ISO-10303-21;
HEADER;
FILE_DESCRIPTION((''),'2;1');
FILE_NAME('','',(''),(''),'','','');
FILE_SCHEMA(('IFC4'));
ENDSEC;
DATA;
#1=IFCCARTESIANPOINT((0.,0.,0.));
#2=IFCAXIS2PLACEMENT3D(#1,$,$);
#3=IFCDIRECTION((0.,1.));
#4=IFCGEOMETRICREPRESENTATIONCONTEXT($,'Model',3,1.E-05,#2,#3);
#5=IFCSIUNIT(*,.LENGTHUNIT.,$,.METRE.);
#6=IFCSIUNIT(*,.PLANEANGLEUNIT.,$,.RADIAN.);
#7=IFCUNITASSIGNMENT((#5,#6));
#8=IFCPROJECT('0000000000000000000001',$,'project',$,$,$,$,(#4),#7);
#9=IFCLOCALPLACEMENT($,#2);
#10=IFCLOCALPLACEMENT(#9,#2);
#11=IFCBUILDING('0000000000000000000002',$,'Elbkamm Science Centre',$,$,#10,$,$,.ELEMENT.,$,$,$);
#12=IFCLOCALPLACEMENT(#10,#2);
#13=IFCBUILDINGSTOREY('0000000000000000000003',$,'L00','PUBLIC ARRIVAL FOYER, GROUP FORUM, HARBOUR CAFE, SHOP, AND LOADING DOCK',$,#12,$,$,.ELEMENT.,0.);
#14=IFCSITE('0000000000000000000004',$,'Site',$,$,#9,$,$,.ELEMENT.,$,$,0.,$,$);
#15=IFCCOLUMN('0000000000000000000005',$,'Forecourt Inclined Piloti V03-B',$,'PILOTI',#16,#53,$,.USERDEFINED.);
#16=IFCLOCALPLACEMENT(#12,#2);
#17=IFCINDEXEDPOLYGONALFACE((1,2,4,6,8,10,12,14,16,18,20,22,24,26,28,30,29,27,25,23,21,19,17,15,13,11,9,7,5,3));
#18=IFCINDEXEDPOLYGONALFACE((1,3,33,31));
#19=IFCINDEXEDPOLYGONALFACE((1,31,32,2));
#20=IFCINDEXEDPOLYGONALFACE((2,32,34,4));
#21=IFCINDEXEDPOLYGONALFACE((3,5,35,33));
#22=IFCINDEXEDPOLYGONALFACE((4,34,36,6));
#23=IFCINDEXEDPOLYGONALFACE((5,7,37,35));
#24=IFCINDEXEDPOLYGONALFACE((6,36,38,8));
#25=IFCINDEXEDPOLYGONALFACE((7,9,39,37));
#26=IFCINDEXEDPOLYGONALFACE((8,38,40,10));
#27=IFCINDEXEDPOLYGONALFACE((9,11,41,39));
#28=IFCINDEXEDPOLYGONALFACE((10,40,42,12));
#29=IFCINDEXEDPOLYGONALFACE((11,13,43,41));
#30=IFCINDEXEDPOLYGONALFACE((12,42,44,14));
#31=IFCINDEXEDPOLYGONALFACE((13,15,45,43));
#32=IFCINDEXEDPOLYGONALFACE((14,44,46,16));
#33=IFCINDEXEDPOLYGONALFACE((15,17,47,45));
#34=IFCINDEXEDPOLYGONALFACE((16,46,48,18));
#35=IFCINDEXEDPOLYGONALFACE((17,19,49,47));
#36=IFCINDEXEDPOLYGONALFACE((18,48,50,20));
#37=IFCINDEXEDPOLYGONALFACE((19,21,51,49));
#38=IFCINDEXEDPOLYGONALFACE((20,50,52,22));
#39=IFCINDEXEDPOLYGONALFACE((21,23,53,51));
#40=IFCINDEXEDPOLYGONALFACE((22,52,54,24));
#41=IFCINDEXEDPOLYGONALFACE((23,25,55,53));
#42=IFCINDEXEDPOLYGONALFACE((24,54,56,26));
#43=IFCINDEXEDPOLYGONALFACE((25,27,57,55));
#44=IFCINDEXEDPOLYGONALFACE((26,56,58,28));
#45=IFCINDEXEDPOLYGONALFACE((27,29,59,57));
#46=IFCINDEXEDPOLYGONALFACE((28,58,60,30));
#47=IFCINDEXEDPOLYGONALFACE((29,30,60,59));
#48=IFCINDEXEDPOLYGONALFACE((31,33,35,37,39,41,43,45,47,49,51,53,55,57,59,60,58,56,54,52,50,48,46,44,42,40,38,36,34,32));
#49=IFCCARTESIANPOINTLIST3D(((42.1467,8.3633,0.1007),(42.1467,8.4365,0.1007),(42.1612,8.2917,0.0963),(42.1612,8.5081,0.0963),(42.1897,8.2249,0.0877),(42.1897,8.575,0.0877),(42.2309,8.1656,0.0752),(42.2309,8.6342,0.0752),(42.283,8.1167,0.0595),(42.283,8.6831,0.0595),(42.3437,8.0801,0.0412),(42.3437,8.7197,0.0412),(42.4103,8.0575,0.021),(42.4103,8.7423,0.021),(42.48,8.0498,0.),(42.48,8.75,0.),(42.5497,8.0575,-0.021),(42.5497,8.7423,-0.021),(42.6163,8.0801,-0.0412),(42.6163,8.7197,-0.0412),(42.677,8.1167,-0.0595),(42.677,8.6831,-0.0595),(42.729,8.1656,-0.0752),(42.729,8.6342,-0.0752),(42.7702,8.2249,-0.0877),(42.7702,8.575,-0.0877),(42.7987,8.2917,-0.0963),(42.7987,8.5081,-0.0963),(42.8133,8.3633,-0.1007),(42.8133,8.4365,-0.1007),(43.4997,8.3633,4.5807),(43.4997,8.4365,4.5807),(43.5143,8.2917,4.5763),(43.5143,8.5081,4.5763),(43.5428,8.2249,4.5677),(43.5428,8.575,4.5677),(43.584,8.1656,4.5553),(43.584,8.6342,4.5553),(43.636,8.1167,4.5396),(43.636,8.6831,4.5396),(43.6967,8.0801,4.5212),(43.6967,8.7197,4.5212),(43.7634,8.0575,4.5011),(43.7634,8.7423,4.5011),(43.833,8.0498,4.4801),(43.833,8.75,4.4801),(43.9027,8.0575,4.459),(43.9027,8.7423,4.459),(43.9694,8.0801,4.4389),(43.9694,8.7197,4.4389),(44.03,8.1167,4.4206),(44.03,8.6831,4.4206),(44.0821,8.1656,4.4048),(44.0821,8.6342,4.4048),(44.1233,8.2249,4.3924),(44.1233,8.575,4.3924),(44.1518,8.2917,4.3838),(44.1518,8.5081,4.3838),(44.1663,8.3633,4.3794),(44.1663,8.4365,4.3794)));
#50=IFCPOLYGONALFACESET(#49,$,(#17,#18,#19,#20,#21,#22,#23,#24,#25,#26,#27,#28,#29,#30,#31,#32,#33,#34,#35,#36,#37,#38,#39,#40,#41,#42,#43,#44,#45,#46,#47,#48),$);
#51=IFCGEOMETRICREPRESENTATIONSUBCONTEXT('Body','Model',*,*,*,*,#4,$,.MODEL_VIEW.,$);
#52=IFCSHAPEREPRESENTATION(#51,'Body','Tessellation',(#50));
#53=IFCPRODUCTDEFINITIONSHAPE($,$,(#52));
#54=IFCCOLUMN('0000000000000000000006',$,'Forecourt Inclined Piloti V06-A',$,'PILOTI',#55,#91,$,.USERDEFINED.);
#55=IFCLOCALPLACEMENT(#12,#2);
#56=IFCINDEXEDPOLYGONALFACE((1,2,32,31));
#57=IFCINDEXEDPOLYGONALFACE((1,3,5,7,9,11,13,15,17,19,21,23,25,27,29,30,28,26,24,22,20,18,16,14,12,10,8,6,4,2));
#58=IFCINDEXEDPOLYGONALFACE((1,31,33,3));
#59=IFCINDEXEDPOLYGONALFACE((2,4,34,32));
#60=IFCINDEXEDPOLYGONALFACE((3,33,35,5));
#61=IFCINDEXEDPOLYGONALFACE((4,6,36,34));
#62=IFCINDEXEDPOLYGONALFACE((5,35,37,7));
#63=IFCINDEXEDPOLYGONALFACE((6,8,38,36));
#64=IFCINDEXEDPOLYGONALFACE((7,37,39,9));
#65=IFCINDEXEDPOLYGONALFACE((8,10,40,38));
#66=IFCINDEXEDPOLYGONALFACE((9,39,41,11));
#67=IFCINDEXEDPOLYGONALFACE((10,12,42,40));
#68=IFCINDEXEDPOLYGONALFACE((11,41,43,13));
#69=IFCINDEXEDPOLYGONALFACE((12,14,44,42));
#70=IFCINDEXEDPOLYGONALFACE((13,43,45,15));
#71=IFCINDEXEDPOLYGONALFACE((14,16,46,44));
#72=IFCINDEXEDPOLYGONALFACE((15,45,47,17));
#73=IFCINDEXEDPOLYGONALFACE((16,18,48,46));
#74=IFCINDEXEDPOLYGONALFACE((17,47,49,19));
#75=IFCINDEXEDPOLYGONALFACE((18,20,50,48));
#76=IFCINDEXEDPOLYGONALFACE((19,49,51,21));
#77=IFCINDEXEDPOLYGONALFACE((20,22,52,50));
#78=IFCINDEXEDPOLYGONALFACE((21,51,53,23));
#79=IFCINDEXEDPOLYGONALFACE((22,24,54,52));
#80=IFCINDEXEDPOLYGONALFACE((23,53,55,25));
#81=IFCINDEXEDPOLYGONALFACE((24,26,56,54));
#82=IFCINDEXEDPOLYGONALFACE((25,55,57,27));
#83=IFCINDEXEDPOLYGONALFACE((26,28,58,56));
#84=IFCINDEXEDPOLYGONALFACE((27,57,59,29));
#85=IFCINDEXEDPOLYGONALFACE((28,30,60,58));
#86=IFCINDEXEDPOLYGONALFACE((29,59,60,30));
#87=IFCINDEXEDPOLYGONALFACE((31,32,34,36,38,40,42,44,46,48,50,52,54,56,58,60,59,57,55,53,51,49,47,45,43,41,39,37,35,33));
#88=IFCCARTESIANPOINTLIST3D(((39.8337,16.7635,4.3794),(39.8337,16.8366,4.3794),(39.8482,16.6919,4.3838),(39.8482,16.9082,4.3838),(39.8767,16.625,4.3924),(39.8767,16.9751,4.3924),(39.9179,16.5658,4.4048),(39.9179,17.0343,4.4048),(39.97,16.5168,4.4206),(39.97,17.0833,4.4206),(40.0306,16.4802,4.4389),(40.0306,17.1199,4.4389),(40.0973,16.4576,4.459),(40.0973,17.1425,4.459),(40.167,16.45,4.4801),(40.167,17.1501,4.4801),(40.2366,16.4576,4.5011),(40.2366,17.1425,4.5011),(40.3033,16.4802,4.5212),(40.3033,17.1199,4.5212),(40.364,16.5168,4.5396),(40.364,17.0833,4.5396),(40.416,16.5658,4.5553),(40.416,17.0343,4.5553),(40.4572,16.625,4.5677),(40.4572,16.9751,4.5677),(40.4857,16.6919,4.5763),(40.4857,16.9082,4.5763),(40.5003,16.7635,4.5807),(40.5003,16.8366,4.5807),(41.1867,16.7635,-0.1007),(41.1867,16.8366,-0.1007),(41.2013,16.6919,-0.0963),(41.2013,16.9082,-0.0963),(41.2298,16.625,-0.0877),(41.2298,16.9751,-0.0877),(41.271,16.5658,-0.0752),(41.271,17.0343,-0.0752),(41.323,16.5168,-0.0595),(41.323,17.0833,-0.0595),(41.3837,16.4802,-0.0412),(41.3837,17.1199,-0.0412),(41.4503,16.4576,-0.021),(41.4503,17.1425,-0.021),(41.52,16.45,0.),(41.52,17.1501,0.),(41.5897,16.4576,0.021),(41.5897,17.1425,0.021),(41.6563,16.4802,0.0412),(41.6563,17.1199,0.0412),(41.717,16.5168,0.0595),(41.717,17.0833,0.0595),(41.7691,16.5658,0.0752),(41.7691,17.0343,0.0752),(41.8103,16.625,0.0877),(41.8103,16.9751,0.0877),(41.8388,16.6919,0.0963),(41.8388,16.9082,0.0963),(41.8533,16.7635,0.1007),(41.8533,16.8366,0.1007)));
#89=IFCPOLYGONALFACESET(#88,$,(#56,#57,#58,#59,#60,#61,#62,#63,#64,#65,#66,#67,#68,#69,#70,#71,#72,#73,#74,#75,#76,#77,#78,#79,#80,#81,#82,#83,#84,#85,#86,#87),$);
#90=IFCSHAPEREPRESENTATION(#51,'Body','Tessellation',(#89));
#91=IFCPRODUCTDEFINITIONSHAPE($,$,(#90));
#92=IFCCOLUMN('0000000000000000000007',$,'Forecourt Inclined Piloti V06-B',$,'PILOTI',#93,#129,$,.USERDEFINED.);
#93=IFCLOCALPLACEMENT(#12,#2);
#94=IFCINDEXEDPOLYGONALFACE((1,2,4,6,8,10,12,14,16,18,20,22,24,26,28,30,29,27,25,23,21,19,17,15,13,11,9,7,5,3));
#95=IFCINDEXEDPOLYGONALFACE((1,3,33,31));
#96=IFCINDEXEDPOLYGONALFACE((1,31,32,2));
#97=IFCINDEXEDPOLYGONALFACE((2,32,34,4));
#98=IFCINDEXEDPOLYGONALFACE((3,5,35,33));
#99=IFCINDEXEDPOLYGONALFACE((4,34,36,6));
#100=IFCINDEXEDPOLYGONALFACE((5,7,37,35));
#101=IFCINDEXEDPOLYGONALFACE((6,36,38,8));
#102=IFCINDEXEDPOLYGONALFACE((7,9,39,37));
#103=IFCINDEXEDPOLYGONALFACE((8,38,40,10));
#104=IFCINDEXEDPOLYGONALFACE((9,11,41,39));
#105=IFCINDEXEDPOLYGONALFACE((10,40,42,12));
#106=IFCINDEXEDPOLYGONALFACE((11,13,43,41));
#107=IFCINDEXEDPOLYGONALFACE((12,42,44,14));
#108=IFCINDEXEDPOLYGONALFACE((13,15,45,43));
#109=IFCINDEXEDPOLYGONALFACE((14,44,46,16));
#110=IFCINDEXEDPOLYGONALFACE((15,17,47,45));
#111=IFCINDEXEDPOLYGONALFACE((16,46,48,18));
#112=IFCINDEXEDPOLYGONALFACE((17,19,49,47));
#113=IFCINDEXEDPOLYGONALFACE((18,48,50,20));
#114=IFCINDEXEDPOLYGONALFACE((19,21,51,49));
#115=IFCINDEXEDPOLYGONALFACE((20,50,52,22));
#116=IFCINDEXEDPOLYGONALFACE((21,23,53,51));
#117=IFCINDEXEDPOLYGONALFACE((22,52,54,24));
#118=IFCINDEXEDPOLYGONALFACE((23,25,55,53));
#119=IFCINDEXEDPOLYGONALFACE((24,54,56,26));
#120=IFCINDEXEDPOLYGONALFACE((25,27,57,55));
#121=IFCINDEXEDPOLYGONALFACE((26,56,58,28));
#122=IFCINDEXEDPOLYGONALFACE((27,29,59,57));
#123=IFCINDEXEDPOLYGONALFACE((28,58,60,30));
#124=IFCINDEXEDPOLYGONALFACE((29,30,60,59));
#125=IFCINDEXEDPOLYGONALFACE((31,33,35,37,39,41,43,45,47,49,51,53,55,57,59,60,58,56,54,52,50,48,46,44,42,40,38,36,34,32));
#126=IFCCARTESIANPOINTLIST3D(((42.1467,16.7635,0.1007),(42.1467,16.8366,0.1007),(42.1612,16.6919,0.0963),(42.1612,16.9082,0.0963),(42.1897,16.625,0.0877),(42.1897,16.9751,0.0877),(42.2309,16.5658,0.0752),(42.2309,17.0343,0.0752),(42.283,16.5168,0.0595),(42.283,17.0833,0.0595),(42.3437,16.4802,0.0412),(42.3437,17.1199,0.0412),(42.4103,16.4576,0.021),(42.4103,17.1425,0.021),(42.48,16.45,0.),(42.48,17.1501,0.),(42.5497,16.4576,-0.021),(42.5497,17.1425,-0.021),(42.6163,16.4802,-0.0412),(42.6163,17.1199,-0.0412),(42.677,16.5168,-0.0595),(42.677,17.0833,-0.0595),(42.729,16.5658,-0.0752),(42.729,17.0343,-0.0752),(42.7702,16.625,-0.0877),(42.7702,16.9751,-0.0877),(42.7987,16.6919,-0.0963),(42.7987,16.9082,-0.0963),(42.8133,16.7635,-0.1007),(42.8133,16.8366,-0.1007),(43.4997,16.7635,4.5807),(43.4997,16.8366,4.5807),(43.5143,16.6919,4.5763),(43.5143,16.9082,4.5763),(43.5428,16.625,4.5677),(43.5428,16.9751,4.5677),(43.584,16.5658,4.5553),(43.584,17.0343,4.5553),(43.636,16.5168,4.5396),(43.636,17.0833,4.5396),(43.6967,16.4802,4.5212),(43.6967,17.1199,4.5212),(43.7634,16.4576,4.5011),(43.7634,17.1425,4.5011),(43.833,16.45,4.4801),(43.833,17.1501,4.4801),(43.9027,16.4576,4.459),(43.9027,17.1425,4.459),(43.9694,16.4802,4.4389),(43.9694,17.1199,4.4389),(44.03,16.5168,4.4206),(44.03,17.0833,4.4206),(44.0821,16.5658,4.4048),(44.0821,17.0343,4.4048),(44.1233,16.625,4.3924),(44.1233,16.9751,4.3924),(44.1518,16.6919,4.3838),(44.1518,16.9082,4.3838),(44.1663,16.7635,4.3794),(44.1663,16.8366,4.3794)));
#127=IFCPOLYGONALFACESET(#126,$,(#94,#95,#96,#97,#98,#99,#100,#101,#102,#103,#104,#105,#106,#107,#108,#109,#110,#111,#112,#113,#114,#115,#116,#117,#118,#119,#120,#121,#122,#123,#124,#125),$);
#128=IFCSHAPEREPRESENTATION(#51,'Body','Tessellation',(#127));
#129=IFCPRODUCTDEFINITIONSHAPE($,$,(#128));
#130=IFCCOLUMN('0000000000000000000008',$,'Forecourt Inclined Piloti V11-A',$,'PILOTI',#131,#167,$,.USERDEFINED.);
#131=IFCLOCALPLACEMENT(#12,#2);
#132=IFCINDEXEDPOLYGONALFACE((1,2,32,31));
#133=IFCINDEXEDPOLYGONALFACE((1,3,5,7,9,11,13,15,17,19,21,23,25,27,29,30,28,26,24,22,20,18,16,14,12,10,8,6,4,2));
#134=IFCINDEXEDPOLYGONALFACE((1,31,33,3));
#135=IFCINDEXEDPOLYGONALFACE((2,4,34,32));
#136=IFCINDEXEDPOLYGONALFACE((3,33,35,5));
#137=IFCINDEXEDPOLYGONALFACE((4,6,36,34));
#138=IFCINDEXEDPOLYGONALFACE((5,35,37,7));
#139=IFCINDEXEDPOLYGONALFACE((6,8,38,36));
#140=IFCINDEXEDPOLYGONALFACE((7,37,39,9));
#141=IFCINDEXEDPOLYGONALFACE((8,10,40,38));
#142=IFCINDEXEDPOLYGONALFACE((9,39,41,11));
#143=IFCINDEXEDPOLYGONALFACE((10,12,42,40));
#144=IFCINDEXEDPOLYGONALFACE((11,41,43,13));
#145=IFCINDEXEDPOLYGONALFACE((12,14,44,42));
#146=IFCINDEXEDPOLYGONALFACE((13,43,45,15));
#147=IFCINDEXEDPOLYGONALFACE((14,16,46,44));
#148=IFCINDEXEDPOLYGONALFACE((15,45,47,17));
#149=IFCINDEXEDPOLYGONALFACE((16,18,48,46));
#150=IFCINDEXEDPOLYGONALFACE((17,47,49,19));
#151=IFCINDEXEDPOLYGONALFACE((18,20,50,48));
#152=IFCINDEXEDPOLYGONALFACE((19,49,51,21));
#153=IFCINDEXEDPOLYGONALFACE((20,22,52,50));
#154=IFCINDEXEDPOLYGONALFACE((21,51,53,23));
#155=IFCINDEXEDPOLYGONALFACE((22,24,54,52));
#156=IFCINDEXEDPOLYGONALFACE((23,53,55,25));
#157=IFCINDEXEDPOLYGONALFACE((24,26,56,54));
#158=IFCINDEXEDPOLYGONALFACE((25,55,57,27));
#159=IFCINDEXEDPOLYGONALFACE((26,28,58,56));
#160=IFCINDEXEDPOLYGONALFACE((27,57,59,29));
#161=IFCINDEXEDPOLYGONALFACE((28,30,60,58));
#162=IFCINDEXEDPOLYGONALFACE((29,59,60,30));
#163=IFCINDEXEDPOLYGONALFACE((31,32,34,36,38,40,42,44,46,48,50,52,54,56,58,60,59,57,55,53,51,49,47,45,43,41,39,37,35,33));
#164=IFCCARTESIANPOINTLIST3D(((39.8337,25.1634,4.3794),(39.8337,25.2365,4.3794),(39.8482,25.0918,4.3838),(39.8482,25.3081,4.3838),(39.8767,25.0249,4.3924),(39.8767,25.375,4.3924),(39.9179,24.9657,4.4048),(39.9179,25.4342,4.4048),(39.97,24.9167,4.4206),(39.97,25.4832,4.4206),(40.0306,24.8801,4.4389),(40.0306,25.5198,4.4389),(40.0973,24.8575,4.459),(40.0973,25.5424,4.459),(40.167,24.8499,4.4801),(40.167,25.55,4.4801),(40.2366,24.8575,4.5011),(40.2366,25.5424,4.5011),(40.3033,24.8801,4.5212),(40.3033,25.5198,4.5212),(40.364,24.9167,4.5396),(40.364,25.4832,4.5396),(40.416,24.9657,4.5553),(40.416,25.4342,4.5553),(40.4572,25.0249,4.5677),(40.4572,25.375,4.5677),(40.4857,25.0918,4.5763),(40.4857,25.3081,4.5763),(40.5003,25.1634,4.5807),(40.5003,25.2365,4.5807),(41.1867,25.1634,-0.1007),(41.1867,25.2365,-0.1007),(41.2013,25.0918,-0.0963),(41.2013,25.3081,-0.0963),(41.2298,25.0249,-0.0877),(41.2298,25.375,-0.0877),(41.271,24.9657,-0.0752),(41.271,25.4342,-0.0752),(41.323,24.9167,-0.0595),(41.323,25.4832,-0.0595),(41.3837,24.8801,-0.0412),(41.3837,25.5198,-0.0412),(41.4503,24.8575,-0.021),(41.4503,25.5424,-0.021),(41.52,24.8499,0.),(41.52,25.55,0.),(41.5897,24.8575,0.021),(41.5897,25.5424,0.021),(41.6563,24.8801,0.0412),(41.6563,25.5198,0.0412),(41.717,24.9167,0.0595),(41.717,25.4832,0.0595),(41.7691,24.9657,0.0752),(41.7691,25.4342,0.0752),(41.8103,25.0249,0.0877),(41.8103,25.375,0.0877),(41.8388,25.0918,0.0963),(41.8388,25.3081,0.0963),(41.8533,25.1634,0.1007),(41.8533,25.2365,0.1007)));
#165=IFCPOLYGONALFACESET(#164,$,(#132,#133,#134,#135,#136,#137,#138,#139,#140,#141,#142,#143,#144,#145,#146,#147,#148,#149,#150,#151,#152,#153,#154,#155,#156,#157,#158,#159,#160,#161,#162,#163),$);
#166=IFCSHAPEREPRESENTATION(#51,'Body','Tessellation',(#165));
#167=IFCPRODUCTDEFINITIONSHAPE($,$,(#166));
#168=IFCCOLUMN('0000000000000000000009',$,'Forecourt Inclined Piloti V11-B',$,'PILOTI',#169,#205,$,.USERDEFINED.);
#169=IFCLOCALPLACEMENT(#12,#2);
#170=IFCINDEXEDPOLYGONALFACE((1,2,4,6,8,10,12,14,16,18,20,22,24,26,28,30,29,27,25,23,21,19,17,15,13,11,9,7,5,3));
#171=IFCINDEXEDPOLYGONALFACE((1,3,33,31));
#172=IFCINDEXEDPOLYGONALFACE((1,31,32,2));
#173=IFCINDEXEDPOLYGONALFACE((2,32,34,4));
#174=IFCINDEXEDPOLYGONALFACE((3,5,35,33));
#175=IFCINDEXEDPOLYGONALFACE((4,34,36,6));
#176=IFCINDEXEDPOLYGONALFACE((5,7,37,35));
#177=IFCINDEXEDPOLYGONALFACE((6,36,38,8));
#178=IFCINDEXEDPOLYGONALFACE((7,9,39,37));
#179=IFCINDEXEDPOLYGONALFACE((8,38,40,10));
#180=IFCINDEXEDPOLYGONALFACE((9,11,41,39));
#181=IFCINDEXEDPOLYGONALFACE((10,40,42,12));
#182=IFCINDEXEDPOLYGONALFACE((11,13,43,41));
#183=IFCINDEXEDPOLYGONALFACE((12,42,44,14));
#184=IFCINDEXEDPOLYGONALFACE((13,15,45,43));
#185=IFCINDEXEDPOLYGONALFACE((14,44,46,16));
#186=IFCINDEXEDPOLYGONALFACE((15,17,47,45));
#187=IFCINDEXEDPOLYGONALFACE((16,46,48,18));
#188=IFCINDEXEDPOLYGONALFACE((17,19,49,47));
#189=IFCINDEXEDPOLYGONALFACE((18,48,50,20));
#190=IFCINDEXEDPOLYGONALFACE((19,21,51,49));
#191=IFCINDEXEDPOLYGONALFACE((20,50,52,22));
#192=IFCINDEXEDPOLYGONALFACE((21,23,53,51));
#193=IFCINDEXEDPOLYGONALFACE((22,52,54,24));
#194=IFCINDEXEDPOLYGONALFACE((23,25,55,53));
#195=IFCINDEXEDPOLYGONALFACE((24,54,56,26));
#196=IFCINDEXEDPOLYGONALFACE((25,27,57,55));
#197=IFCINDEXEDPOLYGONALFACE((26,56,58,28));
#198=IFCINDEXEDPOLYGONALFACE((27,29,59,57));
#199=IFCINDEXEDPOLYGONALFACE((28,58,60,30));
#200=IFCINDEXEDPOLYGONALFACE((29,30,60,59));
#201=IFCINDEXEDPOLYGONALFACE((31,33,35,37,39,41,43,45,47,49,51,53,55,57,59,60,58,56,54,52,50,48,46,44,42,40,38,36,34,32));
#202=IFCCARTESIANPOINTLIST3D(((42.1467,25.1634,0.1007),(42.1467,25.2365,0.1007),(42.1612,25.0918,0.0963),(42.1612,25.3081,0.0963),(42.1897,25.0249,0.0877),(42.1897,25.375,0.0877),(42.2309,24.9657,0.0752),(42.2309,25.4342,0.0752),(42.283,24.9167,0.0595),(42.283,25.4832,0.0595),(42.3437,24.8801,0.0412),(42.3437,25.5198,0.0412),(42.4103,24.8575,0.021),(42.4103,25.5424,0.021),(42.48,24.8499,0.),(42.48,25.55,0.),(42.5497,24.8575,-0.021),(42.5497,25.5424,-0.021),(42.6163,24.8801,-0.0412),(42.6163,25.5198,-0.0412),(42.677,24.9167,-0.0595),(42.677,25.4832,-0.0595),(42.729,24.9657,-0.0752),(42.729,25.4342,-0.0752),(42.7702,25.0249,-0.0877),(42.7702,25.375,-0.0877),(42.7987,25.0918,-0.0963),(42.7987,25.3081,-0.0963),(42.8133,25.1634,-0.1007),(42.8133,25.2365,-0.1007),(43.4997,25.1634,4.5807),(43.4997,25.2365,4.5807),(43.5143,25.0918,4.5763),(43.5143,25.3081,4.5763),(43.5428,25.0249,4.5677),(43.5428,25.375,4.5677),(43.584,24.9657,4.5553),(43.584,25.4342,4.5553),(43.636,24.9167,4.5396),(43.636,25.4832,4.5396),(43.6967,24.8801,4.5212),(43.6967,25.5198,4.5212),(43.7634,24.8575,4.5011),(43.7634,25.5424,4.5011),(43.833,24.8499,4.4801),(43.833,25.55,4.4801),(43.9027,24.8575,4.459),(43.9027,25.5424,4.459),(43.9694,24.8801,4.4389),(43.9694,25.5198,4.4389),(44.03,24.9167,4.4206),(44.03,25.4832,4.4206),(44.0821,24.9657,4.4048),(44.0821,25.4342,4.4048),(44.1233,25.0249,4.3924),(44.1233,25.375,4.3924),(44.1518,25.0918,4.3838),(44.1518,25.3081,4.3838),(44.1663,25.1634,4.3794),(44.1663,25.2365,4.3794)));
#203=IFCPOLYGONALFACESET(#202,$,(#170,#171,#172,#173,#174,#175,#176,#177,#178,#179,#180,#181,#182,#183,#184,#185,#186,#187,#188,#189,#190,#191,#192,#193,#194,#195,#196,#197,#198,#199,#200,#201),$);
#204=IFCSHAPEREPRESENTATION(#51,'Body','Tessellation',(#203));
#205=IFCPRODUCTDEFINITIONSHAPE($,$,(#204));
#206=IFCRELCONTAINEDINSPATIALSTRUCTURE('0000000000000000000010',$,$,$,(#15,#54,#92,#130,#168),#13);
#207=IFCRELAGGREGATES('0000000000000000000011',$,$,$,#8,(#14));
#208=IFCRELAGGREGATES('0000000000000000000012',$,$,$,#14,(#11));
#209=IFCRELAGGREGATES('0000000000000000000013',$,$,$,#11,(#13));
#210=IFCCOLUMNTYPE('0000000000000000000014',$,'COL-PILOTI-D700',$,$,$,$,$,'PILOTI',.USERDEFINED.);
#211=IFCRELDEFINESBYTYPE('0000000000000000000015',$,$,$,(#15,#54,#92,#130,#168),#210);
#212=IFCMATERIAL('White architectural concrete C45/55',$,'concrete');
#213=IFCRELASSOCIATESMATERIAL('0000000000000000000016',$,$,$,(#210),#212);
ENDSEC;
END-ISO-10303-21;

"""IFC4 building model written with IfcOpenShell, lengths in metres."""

from ifc_helpers import new_model, si_unit, direction, frame, origin, origin_2d, place, context, subcontext, project, spatial, circle, extrude, material, material_profile, profile_set, type_object, element, save


model = new_model("IFC4")

# Units and contexts
model_context = context("Model", 3, precision=1e-05, world=origin(), true_north=direction((0.0, 1.0)))
body_context = subcontext(model_context, "Body", "Model", "MODEL_VIEW")
ifc_project = project(units=[si_unit("LENGTHUNIT", "METRE"), si_unit("PLANEANGLEUNIT", "RADIAN")], contexts=[model_context])

# Site, building, storey
site_placement = place(None, origin())
site = spatial("IfcSite", under=ifc_project, at=site_placement, Name="Site", CompositionType="ELEMENT", RefElevation=0.0)
building_placement = place(site_placement, origin())
building = spatial("IfcBuilding", under=site, at=building_placement, Name="Elbkamm Science Centre", CompositionType="ELEMENT")
storey_placement = place(building_placement, origin())
storey = spatial("IfcBuildingStorey", under=building, at=storey_placement, Name="L00", Description="PUBLIC ARRIVAL FOYER, GROUP FORUM, HARBOUR CAFE, SHOP, AND LOADING DOCK", CompositionType="ELEMENT", Elevation=0.0)

# Columns
ifc_material_1 = material(Name="White architectural concrete C45/55", Category="concrete")
ifc_material_profile_1 = material_profile(ifc_material_1, circle(Radius=0.3501, at=origin_2d()), Name="RC D700")
ifc_profile_set_1 = profile_set([ifc_material_profile_1], Name="White architectural concrete C45/55")
column_type_1 = type_object("IfcColumnType", Name="COL-PILOTI-D700", ElementType="PILOTI", PredefinedType="USERDEFINED", material=ifc_profile_set_1)
for number, where, z_axis, x_axis, name in (
    (1, (42.48, 8.3999, 0.0), (0.289118, 0.0, 0.957293), (0.0, 1.0, 0.0), "Forecourt Inclined Piloti V03-B"),
    (2, (41.52, 16.8, 0.0), (-0.289118, 0.0, 0.957293), (0.0, -1.0, 0.0), "Forecourt Inclined Piloti V06-A"),
    (3, (42.48, 16.8, 0.0), (0.289118, 0.0, 0.957293), (0.0, 1.0, 0.0), "Forecourt Inclined Piloti V06-B"),
    (4, (41.52, 25.2, 0.0), (-0.289118, 0.0, 0.957293), (0.0, -1.0, 0.0), "Forecourt Inclined Piloti V11-A"),
    (5, (42.48, 25.2, 0.0), (0.289118, 0.0, 0.957293), (0.0, 1.0, 0.0), "Forecourt Inclined Piloti V11-B"),
):
    element("IfcColumn", number, at=place(storey_placement, frame(where, z_axis=z_axis, x_axis=x_axis)), inside=storey, type_object=column_type_1, Name=name, ObjectType="PILOTI", PredefinedType="USERDEFINED", context=body_context, shape_type="SweptSolid", body=[
        extrude(circle(Radius=0.3501, at=origin_2d()), origin(), (0.0, 0.0, 1.0), 4.6799),
    ])

save(model, "model.ifc")
